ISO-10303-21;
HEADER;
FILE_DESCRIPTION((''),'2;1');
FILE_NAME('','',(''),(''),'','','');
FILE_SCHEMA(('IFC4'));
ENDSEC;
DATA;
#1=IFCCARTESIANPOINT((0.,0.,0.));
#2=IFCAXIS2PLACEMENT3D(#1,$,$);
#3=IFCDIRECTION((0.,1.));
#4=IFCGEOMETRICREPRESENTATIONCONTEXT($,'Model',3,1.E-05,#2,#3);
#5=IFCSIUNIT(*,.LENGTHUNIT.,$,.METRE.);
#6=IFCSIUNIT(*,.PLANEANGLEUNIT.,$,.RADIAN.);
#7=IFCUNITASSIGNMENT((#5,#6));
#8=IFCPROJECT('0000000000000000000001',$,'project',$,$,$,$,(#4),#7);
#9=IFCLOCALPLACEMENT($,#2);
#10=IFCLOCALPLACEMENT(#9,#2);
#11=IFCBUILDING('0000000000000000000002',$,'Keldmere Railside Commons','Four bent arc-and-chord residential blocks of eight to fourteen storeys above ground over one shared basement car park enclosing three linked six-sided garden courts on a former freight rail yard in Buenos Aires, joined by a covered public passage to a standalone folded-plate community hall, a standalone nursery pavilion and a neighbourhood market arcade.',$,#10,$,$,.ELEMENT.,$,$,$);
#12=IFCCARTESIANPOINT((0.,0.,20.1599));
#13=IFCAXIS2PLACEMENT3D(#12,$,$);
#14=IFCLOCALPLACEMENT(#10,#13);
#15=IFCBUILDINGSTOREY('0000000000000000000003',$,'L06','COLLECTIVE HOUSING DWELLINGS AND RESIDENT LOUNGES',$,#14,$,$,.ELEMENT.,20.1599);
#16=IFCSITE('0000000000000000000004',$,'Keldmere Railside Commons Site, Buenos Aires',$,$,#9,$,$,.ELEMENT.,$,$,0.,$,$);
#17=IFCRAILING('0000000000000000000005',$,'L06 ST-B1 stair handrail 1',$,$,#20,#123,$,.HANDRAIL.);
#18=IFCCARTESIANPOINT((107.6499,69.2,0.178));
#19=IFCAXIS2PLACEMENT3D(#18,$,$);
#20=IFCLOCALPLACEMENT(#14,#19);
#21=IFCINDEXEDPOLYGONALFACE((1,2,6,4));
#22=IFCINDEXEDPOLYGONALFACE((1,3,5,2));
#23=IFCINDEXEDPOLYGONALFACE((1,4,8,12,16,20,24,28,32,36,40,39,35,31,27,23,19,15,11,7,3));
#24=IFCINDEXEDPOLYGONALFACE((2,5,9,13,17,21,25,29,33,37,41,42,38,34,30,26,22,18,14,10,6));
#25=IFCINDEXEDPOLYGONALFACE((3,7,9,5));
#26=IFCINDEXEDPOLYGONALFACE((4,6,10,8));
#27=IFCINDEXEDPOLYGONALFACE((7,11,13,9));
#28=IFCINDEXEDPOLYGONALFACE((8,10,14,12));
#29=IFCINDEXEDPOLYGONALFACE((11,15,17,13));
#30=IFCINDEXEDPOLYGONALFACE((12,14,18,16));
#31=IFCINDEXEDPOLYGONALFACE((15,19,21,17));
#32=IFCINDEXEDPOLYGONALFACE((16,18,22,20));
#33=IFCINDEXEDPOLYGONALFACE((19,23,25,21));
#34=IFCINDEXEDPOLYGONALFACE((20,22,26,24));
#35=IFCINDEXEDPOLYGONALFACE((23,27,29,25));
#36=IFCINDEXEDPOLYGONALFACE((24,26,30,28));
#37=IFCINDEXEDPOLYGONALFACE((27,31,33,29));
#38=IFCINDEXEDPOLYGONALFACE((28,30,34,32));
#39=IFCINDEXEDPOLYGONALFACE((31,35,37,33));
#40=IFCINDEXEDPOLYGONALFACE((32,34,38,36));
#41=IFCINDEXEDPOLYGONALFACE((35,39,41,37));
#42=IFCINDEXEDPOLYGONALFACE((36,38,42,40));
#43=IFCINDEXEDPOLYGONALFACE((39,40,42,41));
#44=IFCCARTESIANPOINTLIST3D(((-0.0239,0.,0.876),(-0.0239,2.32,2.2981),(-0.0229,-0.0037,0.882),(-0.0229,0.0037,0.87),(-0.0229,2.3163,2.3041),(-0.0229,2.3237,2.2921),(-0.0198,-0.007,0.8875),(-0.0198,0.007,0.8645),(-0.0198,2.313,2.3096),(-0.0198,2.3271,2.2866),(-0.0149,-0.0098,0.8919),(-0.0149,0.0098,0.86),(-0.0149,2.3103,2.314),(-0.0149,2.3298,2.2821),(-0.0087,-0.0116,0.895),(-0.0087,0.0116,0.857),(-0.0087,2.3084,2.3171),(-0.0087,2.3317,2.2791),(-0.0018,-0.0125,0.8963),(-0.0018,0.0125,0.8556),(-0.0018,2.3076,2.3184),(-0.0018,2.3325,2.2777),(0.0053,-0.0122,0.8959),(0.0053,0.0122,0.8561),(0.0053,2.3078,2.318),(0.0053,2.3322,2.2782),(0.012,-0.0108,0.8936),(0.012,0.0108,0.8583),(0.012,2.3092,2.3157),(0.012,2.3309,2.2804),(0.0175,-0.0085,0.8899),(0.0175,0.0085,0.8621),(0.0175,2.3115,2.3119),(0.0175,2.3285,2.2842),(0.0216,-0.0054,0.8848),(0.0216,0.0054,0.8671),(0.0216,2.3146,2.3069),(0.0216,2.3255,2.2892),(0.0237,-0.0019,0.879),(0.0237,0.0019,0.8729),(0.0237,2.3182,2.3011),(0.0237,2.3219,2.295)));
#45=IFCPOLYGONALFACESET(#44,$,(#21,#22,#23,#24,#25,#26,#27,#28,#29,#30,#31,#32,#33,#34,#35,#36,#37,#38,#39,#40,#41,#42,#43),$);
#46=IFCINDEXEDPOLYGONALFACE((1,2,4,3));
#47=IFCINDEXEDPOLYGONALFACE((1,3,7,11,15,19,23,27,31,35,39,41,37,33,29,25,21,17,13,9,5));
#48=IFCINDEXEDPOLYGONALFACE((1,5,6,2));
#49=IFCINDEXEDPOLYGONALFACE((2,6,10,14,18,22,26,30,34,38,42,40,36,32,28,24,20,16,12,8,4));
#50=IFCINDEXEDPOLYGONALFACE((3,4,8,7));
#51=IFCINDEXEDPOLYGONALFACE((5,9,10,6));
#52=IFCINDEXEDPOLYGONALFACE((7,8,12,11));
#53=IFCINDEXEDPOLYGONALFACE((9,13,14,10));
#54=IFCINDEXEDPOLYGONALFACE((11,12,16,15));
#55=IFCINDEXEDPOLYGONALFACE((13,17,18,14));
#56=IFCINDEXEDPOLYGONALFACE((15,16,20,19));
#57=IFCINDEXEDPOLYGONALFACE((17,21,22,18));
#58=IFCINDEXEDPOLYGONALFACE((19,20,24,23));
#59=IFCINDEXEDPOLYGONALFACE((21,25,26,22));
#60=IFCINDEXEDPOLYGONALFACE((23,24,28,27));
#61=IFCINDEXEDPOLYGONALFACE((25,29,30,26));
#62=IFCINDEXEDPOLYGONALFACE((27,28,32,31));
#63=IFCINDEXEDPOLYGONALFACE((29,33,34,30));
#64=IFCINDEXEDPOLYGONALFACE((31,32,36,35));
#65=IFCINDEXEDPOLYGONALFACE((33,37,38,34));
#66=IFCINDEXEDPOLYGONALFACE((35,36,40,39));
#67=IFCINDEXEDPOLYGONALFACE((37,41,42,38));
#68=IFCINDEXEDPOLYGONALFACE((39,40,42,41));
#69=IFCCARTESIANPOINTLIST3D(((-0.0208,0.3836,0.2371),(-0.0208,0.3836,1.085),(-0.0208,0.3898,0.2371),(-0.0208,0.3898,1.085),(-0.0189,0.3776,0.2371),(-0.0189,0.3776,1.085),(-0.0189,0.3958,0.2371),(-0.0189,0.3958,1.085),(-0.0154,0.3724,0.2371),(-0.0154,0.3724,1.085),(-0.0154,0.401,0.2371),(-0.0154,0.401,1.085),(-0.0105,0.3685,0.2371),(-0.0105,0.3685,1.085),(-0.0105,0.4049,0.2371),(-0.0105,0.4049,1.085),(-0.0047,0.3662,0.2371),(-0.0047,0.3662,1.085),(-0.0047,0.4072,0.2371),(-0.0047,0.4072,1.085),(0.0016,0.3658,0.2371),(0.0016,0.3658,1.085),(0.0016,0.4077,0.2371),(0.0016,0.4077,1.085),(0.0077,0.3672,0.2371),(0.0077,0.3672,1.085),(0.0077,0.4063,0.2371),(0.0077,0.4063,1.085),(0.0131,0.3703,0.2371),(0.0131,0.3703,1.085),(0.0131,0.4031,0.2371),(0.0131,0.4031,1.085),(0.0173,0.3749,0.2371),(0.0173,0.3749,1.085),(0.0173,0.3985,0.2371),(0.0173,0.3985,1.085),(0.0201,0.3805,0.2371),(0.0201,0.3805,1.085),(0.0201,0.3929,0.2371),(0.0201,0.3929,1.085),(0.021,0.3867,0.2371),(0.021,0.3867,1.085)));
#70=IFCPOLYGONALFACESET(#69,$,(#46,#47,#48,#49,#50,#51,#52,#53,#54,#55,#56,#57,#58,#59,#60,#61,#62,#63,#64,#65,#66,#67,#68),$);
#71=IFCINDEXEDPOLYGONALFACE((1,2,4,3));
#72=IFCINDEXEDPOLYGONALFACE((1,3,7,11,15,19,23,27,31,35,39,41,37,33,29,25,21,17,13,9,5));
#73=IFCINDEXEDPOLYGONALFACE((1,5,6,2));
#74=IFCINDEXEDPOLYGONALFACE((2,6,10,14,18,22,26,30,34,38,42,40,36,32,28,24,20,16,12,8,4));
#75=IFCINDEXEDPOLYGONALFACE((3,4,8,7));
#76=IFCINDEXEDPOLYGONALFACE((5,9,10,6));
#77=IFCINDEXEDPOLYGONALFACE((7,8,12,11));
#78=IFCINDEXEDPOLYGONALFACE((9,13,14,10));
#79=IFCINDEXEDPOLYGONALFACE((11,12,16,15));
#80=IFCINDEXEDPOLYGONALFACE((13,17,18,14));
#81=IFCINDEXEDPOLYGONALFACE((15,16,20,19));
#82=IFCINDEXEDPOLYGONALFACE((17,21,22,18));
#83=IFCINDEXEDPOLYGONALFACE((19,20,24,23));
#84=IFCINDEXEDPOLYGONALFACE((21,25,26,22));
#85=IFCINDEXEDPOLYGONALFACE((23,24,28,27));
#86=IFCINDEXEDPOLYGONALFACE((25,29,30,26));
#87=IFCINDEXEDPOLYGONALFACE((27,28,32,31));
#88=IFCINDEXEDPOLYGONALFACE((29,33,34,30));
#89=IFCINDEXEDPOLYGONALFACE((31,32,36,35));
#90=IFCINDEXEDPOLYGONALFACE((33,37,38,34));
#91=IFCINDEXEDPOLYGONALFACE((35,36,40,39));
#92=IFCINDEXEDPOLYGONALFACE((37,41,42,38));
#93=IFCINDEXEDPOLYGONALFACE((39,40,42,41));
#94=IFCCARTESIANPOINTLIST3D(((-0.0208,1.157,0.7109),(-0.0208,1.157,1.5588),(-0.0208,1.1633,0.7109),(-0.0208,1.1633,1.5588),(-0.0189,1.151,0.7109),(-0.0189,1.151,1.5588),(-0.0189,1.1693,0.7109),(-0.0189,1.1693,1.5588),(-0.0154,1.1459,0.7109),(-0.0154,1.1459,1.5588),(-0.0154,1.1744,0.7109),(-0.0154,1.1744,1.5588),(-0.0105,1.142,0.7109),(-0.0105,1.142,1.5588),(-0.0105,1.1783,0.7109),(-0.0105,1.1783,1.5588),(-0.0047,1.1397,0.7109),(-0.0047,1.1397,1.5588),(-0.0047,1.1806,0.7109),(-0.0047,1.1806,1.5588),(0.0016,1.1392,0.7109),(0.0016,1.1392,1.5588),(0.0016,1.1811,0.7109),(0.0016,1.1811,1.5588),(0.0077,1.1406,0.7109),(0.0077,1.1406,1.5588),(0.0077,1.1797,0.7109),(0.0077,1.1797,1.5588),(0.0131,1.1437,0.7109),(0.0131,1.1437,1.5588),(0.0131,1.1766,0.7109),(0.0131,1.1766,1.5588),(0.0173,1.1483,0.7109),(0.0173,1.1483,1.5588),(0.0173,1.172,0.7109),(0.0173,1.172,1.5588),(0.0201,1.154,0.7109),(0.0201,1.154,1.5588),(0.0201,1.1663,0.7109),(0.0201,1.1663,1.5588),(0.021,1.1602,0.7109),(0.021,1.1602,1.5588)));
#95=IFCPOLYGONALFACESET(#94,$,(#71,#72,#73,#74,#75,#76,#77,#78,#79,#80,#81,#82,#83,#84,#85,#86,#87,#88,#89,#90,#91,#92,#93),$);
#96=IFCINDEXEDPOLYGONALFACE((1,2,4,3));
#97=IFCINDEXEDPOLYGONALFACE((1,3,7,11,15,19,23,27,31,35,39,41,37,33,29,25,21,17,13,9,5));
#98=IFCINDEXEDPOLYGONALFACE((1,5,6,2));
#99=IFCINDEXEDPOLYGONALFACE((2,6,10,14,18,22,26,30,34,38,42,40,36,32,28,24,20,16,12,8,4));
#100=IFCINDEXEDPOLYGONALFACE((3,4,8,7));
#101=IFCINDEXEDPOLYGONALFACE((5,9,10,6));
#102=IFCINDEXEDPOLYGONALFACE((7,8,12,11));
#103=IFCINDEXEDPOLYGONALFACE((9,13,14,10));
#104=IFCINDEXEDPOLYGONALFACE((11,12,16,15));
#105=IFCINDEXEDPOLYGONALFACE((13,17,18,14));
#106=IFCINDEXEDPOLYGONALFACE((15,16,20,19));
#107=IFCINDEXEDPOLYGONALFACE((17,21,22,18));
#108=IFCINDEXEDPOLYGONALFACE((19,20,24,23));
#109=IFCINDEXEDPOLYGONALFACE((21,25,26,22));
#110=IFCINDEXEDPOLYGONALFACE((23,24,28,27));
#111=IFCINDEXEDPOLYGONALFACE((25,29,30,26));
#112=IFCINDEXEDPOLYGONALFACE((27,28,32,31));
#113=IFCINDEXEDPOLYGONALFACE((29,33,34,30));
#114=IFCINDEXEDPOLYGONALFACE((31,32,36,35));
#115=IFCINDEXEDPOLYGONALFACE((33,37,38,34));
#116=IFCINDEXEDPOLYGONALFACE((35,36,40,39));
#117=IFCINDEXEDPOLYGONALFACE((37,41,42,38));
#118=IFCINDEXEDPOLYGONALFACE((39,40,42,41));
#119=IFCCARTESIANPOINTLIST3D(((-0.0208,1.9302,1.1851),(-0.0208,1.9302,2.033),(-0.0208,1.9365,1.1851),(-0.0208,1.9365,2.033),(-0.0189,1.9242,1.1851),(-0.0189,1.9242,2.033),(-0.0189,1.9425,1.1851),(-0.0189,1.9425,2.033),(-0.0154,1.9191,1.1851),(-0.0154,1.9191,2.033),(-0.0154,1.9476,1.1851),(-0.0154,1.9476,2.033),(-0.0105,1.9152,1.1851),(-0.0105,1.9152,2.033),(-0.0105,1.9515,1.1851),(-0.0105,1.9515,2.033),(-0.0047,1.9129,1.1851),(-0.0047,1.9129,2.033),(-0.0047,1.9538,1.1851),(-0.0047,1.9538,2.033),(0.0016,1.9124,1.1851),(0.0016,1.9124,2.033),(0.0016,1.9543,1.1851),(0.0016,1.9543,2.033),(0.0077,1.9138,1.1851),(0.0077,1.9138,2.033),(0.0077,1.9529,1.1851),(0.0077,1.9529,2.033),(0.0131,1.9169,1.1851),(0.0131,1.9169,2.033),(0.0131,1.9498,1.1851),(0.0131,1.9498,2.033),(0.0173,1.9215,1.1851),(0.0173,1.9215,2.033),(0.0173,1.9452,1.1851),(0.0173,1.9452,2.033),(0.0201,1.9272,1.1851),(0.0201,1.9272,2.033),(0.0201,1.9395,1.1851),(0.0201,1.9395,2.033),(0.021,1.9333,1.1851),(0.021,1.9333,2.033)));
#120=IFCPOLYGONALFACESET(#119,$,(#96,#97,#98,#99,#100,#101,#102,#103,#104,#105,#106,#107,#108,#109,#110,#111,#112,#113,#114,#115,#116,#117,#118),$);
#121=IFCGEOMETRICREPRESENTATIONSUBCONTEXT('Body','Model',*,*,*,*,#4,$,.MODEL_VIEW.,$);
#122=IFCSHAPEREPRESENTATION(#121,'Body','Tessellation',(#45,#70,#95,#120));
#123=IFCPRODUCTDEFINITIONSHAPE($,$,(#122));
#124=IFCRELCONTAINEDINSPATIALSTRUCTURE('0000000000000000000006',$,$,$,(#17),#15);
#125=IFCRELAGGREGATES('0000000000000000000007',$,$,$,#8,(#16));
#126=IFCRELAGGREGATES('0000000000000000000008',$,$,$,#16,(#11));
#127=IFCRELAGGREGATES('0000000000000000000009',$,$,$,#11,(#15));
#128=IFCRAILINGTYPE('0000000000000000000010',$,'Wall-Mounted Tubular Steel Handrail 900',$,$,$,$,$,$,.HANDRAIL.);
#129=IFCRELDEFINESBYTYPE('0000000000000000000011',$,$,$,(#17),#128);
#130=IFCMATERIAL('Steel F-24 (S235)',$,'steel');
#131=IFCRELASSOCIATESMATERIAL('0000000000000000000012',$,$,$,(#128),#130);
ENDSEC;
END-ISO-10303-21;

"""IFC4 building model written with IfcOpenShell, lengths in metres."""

from ifc_helpers import new_model, si_unit, direction, frame, origin, origin_2d, place, context, subcontext, project, spatial, circle, extrude, material, type_object, element, save


model = new_model("IFC4")

# Units and contexts
model_context = context("Model", 3, precision=1e-05, world=origin(), true_north=direction((0.0, 1.0)))
body_context = subcontext(model_context, "Body", "Model", "MODEL_VIEW")
ifc_project = project(units=[si_unit("LENGTHUNIT", "METRE"), si_unit("PLANEANGLEUNIT", "RADIAN")], contexts=[model_context])

# Site, building, storey
site_placement = place(None, origin())
site = spatial("IfcSite", under=ifc_project, at=site_placement, Name="Keldmere Railside Commons Site, Buenos Aires", CompositionType="ELEMENT", RefElevation=0.0)
building_placement = place(site_placement, origin())
building = spatial("IfcBuilding", under=site, at=building_placement, Name="Keldmere Railside Commons", Description="Four bent arc-and-chord residential blocks of eight to fourteen storeys above ground over one shared basement car park enclosing three linked six-sided garden courts on a former freight rail yard in Buenos Aires, joined by a covered public passage to a standalone folded-plate community hall, a standalone nursery pavilion and a neighbourhood market arcade.", CompositionType="ELEMENT")
storey_placement = place(building_placement, frame((0.0, 0.0, 20.1599)))
storey = spatial("IfcBuildingStorey", under=building, at=storey_placement, Name="L06", Description="COLLECTIVE HOUSING DWELLINGS AND RESIDENT LOUNGES", CompositionType="ELEMENT", Elevation=20.1599)

# Shared definitions
ifc_material_1 = material(Name="Steel F-24 (S235)", Category="steel")

# Railing
railing_type_1 = type_object("IfcRailingType", Name="Wall-Mounted Tubular Steel Handrail 900", PredefinedType="HANDRAIL", material=ifc_material_1)
railing_1_placement = place(storey_placement, frame((107.6499, 69.2, 0.178)))
element("IfcRailing", 1, at=railing_1_placement, inside=storey, type_object=railing_type_1, Name="L06 ST-B1 stair handrail 1", PredefinedType="HANDRAIL", context=body_context, shape_type="SweptSolid", body=[
    extrude(circle(Radius=0.0239, at=origin_2d()), frame((0.0, 0.0, 0.876), z_axis=(0.0, 0.852578, 0.5226), x_axis=(-1.0, 0.0, 0.0)), (0.0, 0.0, 1.0), 2.7212),
    extrude(circle(Radius=0.021, at=origin_2d()), frame((0.0, 0.3867, 0.2371)), (0.0, 0.0, 1.0), 0.8479),
    extrude(circle(Radius=0.021, at=origin_2d()), frame((0.0, 1.1602, 0.7109)), (0.0, 0.0, 1.0), 0.8479),
    extrude(circle(Radius=0.021, at=origin_2d()), frame((0.0, 1.9333, 1.1851)), (0.0, 0.0, 1.0), 0.8479),
])

save(model, "model.ifc")
